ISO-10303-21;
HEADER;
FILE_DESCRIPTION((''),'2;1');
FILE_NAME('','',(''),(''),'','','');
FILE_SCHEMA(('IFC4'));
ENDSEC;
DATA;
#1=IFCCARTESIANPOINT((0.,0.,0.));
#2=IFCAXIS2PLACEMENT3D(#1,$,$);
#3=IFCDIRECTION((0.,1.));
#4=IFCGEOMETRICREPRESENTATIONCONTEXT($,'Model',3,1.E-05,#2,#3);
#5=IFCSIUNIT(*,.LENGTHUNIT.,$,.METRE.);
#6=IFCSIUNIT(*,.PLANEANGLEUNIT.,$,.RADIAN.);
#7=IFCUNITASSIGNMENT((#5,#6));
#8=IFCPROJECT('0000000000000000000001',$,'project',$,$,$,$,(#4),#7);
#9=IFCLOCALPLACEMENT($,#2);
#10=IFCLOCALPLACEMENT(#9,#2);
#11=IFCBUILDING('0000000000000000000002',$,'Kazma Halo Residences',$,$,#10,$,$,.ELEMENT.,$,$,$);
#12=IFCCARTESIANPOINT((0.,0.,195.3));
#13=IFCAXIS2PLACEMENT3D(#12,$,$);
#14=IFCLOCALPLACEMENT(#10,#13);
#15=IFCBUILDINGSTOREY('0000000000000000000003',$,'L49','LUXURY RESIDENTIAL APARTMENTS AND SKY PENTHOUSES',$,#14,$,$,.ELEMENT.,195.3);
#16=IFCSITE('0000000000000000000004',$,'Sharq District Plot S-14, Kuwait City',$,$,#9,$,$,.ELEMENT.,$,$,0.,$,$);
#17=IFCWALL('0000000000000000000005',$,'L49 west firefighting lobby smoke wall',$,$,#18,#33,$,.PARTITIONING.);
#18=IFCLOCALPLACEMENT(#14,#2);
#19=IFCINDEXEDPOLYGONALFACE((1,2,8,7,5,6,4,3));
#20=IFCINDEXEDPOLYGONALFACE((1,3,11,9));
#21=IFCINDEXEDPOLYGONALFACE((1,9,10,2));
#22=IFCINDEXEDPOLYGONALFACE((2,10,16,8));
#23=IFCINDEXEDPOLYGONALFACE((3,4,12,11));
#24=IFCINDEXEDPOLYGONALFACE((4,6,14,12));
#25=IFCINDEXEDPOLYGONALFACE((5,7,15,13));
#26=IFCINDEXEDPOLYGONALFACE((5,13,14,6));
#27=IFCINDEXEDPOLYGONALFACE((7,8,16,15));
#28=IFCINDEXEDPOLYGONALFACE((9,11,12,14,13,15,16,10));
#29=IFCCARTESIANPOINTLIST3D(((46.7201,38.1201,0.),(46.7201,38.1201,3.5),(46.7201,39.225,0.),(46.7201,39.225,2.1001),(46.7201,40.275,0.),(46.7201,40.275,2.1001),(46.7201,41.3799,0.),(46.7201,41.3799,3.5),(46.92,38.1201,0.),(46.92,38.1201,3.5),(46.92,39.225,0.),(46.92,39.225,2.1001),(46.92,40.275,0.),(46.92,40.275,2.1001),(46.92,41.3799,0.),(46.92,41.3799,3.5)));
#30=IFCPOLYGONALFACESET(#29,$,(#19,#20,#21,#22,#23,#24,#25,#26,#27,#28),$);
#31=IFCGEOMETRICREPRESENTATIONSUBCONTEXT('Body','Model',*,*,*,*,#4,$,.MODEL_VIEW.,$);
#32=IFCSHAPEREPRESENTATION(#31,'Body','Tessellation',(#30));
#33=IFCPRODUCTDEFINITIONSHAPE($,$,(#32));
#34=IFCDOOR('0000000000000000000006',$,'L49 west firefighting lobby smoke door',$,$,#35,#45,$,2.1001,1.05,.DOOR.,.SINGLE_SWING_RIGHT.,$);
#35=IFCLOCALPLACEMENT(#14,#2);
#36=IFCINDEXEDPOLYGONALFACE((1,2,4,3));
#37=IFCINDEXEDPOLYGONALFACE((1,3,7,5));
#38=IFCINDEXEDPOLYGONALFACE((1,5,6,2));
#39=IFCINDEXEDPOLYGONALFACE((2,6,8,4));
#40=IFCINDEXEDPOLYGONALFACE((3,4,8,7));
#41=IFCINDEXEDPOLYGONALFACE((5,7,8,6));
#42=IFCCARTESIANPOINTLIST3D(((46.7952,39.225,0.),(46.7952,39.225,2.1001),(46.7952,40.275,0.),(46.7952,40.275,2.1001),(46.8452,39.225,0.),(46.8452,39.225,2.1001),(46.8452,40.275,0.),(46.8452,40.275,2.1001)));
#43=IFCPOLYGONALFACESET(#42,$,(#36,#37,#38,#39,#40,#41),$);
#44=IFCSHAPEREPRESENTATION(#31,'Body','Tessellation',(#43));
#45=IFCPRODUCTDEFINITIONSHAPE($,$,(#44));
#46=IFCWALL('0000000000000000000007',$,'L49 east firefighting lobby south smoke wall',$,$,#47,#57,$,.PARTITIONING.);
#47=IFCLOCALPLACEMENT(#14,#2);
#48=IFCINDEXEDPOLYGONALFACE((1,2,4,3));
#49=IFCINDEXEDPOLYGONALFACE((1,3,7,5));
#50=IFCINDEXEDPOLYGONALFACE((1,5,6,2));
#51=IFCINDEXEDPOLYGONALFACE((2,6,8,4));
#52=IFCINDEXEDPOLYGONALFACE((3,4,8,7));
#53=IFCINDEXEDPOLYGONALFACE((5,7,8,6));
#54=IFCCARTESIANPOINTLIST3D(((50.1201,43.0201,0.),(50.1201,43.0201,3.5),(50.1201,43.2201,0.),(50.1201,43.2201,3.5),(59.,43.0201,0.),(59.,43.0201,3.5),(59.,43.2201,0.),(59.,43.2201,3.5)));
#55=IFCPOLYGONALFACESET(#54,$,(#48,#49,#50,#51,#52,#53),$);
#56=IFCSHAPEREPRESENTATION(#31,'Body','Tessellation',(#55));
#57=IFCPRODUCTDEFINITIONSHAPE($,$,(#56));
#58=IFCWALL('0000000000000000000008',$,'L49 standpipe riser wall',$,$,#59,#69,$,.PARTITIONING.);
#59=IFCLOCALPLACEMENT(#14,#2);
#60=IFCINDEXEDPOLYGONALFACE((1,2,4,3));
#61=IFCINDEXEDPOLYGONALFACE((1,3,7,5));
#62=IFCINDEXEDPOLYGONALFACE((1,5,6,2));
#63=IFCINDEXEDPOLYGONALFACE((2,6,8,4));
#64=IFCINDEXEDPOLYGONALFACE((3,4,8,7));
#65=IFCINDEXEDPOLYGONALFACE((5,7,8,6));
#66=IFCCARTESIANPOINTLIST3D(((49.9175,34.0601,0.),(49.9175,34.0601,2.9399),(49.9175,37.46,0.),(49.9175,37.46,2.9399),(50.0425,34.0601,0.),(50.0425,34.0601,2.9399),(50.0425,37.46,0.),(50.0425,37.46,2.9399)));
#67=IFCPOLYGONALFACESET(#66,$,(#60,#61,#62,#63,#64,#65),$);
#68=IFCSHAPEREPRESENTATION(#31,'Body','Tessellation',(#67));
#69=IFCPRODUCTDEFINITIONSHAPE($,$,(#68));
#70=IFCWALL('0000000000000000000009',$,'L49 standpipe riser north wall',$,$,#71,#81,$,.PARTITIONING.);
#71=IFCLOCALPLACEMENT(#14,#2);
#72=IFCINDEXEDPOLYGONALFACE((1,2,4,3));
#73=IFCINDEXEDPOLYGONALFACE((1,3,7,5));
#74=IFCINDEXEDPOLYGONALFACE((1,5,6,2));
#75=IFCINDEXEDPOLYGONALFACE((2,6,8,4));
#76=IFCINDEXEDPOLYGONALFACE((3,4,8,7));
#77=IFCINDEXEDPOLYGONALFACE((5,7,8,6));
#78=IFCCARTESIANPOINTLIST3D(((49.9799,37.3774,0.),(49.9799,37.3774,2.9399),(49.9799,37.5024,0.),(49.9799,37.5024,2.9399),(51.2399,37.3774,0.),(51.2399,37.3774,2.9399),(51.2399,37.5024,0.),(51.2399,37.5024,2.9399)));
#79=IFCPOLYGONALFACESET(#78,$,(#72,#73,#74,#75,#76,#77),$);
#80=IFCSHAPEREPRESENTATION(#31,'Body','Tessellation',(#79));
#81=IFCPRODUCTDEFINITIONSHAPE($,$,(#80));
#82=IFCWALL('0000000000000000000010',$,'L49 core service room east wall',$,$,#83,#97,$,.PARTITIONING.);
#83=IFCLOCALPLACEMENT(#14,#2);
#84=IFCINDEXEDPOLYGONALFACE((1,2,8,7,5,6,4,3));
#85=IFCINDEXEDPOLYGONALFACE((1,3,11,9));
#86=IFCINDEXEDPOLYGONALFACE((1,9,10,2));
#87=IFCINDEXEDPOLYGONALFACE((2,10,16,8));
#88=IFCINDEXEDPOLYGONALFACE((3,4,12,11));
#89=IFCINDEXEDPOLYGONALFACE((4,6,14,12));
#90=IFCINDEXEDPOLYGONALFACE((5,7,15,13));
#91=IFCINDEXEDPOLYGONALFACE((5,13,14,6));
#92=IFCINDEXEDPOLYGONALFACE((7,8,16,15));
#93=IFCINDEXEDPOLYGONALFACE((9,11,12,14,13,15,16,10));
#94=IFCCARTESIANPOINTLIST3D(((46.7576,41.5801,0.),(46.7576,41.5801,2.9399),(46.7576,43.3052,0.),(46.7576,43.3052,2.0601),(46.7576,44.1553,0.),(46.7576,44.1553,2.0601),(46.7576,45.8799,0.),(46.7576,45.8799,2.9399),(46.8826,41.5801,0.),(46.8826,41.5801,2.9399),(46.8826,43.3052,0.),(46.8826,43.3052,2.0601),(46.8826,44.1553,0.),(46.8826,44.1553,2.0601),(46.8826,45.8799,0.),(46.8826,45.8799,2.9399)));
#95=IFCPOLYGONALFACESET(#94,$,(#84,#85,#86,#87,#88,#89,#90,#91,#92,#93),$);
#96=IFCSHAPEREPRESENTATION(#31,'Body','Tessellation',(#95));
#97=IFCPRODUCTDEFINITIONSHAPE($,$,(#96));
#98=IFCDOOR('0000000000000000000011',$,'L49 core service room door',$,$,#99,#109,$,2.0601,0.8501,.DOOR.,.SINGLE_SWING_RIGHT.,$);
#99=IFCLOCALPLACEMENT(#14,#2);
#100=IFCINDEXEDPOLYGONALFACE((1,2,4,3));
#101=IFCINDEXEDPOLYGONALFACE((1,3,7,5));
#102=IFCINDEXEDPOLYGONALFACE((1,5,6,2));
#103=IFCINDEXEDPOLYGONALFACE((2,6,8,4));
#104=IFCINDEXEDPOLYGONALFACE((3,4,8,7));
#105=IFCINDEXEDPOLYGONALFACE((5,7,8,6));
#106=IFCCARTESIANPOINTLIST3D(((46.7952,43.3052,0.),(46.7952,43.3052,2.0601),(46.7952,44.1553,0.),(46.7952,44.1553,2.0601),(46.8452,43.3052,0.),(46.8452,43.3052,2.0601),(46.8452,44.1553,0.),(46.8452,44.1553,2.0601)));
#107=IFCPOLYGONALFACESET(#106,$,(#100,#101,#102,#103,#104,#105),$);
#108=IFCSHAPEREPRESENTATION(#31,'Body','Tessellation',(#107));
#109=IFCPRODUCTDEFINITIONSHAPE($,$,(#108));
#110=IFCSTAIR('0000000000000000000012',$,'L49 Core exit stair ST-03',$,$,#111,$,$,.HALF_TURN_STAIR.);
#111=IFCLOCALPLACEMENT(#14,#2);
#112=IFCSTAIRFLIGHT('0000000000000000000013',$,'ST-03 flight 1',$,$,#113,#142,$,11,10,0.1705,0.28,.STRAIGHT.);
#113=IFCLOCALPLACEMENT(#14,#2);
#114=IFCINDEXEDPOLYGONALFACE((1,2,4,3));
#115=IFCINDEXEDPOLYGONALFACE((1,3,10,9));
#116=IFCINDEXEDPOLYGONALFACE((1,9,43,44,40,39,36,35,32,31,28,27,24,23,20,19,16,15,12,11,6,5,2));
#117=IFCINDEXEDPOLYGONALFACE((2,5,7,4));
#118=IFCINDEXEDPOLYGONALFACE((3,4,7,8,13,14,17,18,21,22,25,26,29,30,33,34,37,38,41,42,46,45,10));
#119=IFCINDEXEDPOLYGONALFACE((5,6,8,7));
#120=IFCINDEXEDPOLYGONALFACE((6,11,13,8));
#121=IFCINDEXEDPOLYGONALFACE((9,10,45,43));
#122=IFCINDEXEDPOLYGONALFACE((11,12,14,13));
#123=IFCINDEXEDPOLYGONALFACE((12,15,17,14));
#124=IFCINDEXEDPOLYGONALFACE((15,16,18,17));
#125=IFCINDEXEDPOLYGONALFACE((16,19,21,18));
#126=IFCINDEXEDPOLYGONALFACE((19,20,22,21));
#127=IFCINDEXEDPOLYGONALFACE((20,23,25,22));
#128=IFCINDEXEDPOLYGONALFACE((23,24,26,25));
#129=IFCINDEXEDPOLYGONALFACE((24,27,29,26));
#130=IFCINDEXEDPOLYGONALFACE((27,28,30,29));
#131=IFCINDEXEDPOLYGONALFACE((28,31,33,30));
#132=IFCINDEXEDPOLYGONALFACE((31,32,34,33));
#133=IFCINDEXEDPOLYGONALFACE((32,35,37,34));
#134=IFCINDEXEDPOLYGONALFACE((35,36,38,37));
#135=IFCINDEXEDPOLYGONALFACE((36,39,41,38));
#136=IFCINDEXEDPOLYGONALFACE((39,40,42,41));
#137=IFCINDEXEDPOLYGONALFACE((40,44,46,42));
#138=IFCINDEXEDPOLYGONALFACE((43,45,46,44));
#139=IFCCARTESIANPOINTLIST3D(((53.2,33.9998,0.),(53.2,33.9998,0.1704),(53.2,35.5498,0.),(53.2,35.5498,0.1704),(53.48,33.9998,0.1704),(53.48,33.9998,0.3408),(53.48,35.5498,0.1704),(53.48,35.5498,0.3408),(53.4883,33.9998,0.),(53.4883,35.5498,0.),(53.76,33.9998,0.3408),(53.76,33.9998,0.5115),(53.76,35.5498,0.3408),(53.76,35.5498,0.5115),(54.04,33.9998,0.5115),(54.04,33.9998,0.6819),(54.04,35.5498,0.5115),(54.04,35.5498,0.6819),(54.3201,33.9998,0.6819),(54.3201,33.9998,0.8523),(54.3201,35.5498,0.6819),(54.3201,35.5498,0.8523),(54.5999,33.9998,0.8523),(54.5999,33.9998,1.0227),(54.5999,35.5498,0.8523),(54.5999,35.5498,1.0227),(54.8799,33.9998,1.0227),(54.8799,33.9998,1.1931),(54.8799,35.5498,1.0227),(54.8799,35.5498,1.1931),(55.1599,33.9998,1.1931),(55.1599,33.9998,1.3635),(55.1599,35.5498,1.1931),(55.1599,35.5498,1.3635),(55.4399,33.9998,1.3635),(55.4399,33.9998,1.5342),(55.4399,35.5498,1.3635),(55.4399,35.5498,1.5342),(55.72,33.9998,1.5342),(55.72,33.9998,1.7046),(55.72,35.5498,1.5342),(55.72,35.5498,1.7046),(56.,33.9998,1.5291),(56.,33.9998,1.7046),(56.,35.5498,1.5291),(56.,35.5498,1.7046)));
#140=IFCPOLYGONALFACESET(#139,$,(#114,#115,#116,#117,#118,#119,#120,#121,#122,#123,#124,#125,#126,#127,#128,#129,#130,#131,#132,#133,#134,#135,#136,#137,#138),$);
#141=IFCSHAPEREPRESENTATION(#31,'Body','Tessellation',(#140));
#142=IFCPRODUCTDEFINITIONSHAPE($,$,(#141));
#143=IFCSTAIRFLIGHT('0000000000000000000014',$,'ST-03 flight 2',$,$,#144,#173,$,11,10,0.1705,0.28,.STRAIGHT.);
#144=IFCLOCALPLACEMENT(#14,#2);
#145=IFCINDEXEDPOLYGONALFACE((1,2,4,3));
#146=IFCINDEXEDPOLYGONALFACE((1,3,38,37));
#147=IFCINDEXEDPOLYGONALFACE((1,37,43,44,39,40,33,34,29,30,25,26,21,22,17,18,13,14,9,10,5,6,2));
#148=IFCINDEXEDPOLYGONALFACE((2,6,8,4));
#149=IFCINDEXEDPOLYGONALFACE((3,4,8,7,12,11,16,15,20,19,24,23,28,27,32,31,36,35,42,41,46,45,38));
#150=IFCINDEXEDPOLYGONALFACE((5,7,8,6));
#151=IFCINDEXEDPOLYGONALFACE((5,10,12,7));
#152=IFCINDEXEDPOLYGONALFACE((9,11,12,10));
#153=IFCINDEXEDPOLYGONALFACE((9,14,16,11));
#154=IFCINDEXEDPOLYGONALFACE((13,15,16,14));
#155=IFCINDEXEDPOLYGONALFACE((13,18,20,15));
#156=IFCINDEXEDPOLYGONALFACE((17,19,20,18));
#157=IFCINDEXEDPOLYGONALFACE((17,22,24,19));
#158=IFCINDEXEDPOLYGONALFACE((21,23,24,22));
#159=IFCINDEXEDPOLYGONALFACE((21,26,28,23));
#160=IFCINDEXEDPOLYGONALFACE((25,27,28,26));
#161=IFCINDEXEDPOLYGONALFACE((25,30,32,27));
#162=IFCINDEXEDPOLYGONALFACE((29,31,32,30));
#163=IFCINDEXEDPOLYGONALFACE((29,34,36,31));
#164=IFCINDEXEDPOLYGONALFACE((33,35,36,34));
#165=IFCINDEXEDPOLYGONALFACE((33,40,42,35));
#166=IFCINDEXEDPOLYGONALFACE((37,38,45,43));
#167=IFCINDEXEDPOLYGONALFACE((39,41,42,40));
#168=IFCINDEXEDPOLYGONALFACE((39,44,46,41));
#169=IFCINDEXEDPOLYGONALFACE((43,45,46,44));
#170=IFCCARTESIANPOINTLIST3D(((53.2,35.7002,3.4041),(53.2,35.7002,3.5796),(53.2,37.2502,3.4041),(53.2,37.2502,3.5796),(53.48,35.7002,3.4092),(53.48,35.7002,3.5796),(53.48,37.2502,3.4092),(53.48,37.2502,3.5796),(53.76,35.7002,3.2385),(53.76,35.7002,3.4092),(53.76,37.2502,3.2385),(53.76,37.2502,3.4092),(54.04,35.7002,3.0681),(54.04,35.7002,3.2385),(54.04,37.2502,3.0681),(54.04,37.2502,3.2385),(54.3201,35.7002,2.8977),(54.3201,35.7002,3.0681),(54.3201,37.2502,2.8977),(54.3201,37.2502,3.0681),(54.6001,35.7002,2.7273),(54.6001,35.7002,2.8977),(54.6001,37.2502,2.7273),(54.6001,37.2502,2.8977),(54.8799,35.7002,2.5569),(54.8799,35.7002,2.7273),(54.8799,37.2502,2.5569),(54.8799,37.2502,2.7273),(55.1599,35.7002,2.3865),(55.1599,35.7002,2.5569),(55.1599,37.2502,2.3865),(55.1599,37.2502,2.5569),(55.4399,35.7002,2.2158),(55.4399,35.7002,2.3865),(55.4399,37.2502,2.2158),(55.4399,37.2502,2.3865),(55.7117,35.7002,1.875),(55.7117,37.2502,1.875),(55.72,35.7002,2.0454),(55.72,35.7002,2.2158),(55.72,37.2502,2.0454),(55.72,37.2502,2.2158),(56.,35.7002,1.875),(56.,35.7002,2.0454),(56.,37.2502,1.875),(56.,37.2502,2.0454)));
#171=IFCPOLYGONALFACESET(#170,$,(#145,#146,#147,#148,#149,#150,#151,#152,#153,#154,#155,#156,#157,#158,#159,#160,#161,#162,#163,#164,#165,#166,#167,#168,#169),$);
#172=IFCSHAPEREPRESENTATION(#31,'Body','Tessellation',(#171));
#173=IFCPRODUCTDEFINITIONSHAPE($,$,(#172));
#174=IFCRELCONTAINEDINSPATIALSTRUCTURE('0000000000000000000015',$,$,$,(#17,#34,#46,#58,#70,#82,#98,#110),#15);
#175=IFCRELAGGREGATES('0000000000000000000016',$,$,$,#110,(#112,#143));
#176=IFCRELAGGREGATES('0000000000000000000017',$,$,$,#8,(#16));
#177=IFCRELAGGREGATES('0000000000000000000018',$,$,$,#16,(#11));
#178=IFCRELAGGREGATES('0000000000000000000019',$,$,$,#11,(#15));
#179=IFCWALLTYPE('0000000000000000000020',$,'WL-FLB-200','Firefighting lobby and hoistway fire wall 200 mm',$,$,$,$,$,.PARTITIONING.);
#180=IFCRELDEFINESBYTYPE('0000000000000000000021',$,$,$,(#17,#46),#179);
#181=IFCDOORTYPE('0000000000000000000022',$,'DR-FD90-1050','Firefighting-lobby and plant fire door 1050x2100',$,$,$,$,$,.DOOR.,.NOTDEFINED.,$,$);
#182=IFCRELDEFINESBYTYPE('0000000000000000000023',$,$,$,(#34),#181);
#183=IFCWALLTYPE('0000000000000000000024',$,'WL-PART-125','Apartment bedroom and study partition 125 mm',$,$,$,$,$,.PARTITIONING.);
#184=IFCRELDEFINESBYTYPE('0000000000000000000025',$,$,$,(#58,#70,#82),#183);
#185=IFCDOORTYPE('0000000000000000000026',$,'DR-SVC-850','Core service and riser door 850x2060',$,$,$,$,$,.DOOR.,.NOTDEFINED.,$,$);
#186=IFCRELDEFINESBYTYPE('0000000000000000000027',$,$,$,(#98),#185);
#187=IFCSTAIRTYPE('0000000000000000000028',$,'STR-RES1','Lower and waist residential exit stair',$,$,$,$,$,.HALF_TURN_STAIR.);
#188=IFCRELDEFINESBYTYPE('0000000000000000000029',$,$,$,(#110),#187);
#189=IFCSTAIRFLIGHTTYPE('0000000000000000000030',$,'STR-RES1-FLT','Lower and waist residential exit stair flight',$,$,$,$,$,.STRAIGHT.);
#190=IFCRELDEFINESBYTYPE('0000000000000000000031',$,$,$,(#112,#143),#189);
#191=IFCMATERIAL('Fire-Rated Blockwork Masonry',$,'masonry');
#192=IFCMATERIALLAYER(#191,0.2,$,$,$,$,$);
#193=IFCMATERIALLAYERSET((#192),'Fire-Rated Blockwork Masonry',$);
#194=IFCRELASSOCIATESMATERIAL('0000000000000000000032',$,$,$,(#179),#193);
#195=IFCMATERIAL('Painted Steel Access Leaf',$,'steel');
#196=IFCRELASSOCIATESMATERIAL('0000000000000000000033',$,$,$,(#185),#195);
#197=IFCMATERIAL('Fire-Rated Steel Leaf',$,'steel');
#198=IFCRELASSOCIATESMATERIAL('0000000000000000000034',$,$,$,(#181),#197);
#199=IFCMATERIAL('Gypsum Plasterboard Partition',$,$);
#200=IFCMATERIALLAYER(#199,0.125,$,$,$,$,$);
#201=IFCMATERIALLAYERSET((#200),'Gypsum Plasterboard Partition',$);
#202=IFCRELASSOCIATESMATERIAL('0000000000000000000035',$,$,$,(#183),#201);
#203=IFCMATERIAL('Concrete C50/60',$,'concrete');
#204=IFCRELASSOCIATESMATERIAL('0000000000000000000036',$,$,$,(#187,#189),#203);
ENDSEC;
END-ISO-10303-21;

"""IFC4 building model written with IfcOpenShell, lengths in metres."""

from ifc_helpers import new_model, si_unit, direction, frame, frame_2d, origin, place, context, subcontext, project, spatial, polyline, rectangle, outline, extrude, material, layer, layer_set, type_object, element, fill, aggregate, save


model = new_model("IFC4")

# Units and contexts
model_context = context("Model", 3, precision=1e-05, world=origin(), true_north=direction((0.0, 1.0)))
body_context = subcontext(model_context, "Body", "Model", "MODEL_VIEW")
ifc_project = project(units=[si_unit("LENGTHUNIT", "METRE"), si_unit("PLANEANGLEUNIT", "RADIAN")], contexts=[model_context])

# Site, building, storey
site_placement = place(None, origin())
site = spatial("IfcSite", under=ifc_project, at=site_placement, Name="Sharq District Plot S-14, Kuwait City", CompositionType="ELEMENT", RefElevation=0.0)
building_placement = place(site_placement, origin())
building = spatial("IfcBuilding", under=site, at=building_placement, Name="Kazma Halo Residences", CompositionType="ELEMENT")
storey_placement = place(building_placement, frame((0.0, 0.0, 195.3)))
storey = spatial("IfcBuildingStorey", under=building, at=storey_placement, Name="L49", Description="LUXURY RESIDENTIAL APARTMENTS AND SKY PENTHOUSES", CompositionType="ELEMENT", Elevation=195.3)

# Shared definitions
ifc_material_1 = material(Name="Fire-Rated Blockwork Masonry", Category="masonry")
ifc_layer_1 = layer(ifc_material_1, 0.2)
ifc_layer_set_1 = layer_set([ifc_layer_1], Name="Fire-Rated Blockwork Masonry")
wall_type_1 = type_object("IfcWallType", Name="WL-FLB-200", Description="Firefighting lobby and hoistway fire wall 200 mm", PredefinedType="PARTITIONING", material=ifc_layer_set_1)

# Wall, opening, door
ifc_material_2 = material(Name="Painted Steel Access Leaf", Category="steel")
door_type_1 = type_object("IfcDoorType", Name="DR-SVC-850", Description="Core service and riser door 850x2060", OperationType="NOTDEFINED", PredefinedType="DOOR", material=ifc_material_2)
wall_1_placement = place(storey_placement, frame((46.8201, 38.1201, 0.0), z_axis=(0.0, 0.0, 1.0), x_axis=(0.0, 1.0, 0.0)))
wall_1 = element("IfcWall", 1, at=wall_1_placement, inside=storey, type_object=wall_type_1, Name="L49 west firefighting lobby smoke wall", PredefinedType="PARTITIONING", context=body_context, shape_type="SweptSolid", body=[
    extrude(rectangle(XDim=3.2598, YDim=0.2, at=frame_2d((1.6299, 0.0))), origin(), (0.0, 0.0, 1.0), 3.5),
])
opening_1_placement = place(wall_1_placement, frame((1.105, 0.0, 0.0)))
opening_1 = element("IfcOpeningElement", 2, at=opening_1_placement, cuts=wall_1, PredefinedType="OPENING", context=body_context, shape_type="SweptSolid", body=[
    extrude(rectangle(XDim=1.05, YDim=2.1001, at=frame_2d((0.5249, 1.05))), frame((0.0, 0.1099, 0.0), z_axis=(0.0, -1.0, 0.0), x_axis=(1.0, 0.0, 0.0)), (0.0, 0.0, 1.0), 0.22),
])
ifc_material_3 = material(Name="Fire-Rated Steel Leaf", Category="steel")
door_type_2 = type_object("IfcDoorType", Name="DR-FD90-1050", Description="Firefighting-lobby and plant fire door 1050x2100", OperationType="NOTDEFINED", PredefinedType="DOOR", material=ifc_material_3)
door_1_placement = place(opening_1_placement, origin())
door_1 = element("IfcDoor", 3, at=door_1_placement, inside=storey, type_object=door_type_2, Name="L49 west firefighting lobby smoke door", OperationType="SINGLE_SWING_RIGHT", OverallHeight=2.1001, OverallWidth=1.05, PredefinedType="DOOR", context=body_context, shape_type="SweptSolid", body=[
    extrude(rectangle(XDim=1.05, YDim=2.1001, at=frame_2d((0.5249, 1.05))), frame((0.0, 0.0249, 0.0), z_axis=(0.0, -1.0, 0.0), x_axis=(1.0, 0.0, 0.0)), (0.0, 0.0, 1.0), 0.05),
])
fill(opening_1, door_1)

# Walls
wall_2_placement = place(storey_placement, frame((50.1201, 43.1201, 0.0), z_axis=(0.0, 0.0, 1.0), x_axis=(1.0, 0.0, 0.0)))
element("IfcWall", 4, at=wall_2_placement, inside=storey, type_object=wall_type_1, Name="L49 east firefighting lobby south smoke wall", PredefinedType="PARTITIONING", context=body_context, shape_type="SweptSolid", body=[
    extrude(rectangle(XDim=8.8799, YDim=0.2, at=frame_2d((4.4399, 0.0))), origin(), (0.0, 0.0, 1.0), 3.5),
])
ifc_material_4 = material(Name="Gypsum Plasterboard Partition")
ifc_layer_2 = layer(ifc_material_4, 0.125)
ifc_layer_set_2 = layer_set([ifc_layer_2], Name="Gypsum Plasterboard Partition")
wall_type_2 = type_object("IfcWallType", Name="WL-PART-125", Description="Apartment bedroom and study partition 125 mm", PredefinedType="PARTITIONING", material=ifc_layer_set_2)
wall_3_placement = place(storey_placement, frame((49.98, 34.0601, 0.0), z_axis=(0.0, 0.0, 1.0), x_axis=(0.0, 1.0, 0.0)))
element("IfcWall", 5, at=wall_3_placement, inside=storey, type_object=wall_type_2, Name="L49 standpipe riser wall", PredefinedType="PARTITIONING", context=body_context, shape_type="SweptSolid", body=[
    extrude(rectangle(XDim=3.3999, YDim=0.125, at=frame_2d((1.7, 0.0))), origin(), (0.0, 0.0, 1.0), 2.9399),
])
wall_4_placement = place(storey_placement, frame((49.98, 37.4399, 0.0), z_axis=(0.0, 0.0, 1.0), x_axis=(1.0, 0.0, 0.0)))
element("IfcWall", 6, at=wall_4_placement, inside=storey, type_object=wall_type_2, Name="L49 standpipe riser north wall", PredefinedType="PARTITIONING", context=body_context, shape_type="SweptSolid", body=[
    extrude(rectangle(XDim=1.26, YDim=0.125, at=frame_2d((0.6299, 0.0))), origin(), (0.0, 0.0, 1.0), 2.9399),
])

# Wall, opening, door
wall_5_placement = place(storey_placement, frame((46.8201, 41.5801, 0.0), z_axis=(0.0, 0.0, 1.0), x_axis=(0.0, 1.0, 0.0)))
wall_5 = element("IfcWall", 7, at=wall_5_placement, inside=storey, type_object=wall_type_2, Name="L49 core service room east wall", PredefinedType="PARTITIONING", context=body_context, shape_type="SweptSolid", body=[
    extrude(rectangle(XDim=4.2998, YDim=0.125, at=frame_2d((2.1499, 0.0))), origin(), (0.0, 0.0, 1.0), 2.9399),
])
opening_2_placement = place(wall_5_placement, frame((1.7251, 0.0, 0.0)))
opening_2 = element("IfcOpeningElement", 8, at=opening_2_placement, cuts=wall_5, PredefinedType="OPENING", context=body_context, shape_type="SweptSolid", body=[
    extrude(rectangle(XDim=0.8501, YDim=2.0601, at=frame_2d((0.425, 1.03))), frame((0.0, 0.0725, 0.0), z_axis=(0.0, -1.0, 0.0), x_axis=(1.0, 0.0, 0.0)), (0.0, 0.0, 1.0), 0.145),
])
door_2_placement = place(opening_2_placement, origin())
door_2 = element("IfcDoor", 9, at=door_2_placement, inside=storey, type_object=door_type_1, Name="L49 core service room door", OperationType="SINGLE_SWING_RIGHT", OverallHeight=2.0601, OverallWidth=0.8501, PredefinedType="DOOR", context=body_context, shape_type="SweptSolid", body=[
    extrude(rectangle(XDim=0.8501, YDim=2.0601, at=frame_2d((0.425, 1.03))), frame((0.0, 0.0249, 0.0), z_axis=(0.0, -1.0, 0.0), x_axis=(1.0, 0.0, 0.0)), (0.0, 0.0, 1.0), 0.05),
])
fill(opening_2, door_2)
ifc_material_5 = material(Name="Concrete C50/60", Category="concrete")

# Stair, stair flights
stair_type = type_object("IfcStairType", Name="STR-RES1", Description="Lower and waist residential exit stair", PredefinedType="HALF_TURN_STAIR", material=ifc_material_5)
stair_placement = place(storey_placement, origin())
stair = element("IfcStair", 10, at=stair_placement, inside=storey, type_object=stair_type, Name="L49 Core exit stair ST-03", PredefinedType="HALF_TURN_STAIR")
stair_flight_type = type_object("IfcStairFlightType", Name="STR-RES1-FLT", Description="Lower and waist residential exit stair flight", PredefinedType="STRAIGHT", material=ifc_material_5)
stair_flight_1_placement = place(storey_placement, frame((53.2, 34.7749, 0.0), z_axis=(0.0, 0.0, 1.0), x_axis=(1.0, 0.0, 0.0)))
stair_flight_1 = element("IfcStairFlight", 11, at=stair_flight_1_placement, type_object=stair_flight_type, Name="ST-03 flight 1", NumberOfRisers=11, NumberOfTreads=10, PredefinedType="STRAIGHT", RiserHeight=0.1705, TreadLength=0.28, context=body_context, shape_type="SweptSolid", body=[
    extrude(outline(polyline([(0.0, 0.0), (0.0, 0.1704), (0.28, 0.1704), (0.28, 0.3408), (0.5601, 0.3408), (0.5601, 0.5115), (0.8401, 0.5115), (0.8401, 0.6819), (1.1201, 0.6819), (1.1201, 0.8523), (1.3999, 0.8523), (1.3999, 1.0227), (1.6799, 1.0227), (1.6799, 1.1931), (1.96, 1.1931), (1.96, 1.3635), (2.24, 1.3635), (2.24, 1.5342), (2.52, 1.5342), (2.52, 1.7046), (2.8, 1.7046), (2.8, 1.875), (2.8, 1.5291), (0.2883, 0.0), (0.0, 0.0)])), frame((0.0, 0.7749, 0.0), z_axis=(0.0, -1.0, 0.0), x_axis=(1.0, 0.0, 0.0)), (0.0, 0.0, 1.0), 1.55),
])
stair_flight_2_placement = place(storey_placement, frame((56.0, 36.4751, 1.875), z_axis=(0.0, 0.0, 1.0), x_axis=(-1.0, 0.0, 0.0)))
stair_flight_2 = element("IfcStairFlight", 12, at=stair_flight_2_placement, type_object=stair_flight_type, Name="ST-03 flight 2", NumberOfRisers=11, NumberOfTreads=10, PredefinedType="STRAIGHT", RiserHeight=0.1705, TreadLength=0.28, context=body_context, shape_type="SweptSolid", body=[
    extrude(outline(polyline([(0.0, 0.0), (0.0, 0.1704), (0.28, 0.1704), (0.28, 0.3408), (0.5601, 0.3408), (0.5601, 0.5115), (0.8401, 0.5115), (0.8401, 0.6819), (1.1201, 0.6819), (1.1201, 0.8523), (1.3999, 0.8523), (1.3999, 1.0227), (1.6799, 1.0227), (1.6799, 1.1931), (1.96, 1.1931), (1.96, 1.3635), (2.24, 1.3635), (2.24, 1.5342), (2.52, 1.5342), (2.52, 1.7046), (2.8, 1.7046), (2.8, 1.875), (2.8, 1.5291), (0.2883, 0.0), (0.0, 0.0)])), frame((0.0, 0.7749, 0.0), z_axis=(0.0, -1.0, 0.0), x_axis=(1.0, 0.0, 0.0)), (0.0, 0.0, 1.0), 1.55),
])
aggregate(stair, [stair_flight_1, stair_flight_2])

save(model, "model.ifc")
